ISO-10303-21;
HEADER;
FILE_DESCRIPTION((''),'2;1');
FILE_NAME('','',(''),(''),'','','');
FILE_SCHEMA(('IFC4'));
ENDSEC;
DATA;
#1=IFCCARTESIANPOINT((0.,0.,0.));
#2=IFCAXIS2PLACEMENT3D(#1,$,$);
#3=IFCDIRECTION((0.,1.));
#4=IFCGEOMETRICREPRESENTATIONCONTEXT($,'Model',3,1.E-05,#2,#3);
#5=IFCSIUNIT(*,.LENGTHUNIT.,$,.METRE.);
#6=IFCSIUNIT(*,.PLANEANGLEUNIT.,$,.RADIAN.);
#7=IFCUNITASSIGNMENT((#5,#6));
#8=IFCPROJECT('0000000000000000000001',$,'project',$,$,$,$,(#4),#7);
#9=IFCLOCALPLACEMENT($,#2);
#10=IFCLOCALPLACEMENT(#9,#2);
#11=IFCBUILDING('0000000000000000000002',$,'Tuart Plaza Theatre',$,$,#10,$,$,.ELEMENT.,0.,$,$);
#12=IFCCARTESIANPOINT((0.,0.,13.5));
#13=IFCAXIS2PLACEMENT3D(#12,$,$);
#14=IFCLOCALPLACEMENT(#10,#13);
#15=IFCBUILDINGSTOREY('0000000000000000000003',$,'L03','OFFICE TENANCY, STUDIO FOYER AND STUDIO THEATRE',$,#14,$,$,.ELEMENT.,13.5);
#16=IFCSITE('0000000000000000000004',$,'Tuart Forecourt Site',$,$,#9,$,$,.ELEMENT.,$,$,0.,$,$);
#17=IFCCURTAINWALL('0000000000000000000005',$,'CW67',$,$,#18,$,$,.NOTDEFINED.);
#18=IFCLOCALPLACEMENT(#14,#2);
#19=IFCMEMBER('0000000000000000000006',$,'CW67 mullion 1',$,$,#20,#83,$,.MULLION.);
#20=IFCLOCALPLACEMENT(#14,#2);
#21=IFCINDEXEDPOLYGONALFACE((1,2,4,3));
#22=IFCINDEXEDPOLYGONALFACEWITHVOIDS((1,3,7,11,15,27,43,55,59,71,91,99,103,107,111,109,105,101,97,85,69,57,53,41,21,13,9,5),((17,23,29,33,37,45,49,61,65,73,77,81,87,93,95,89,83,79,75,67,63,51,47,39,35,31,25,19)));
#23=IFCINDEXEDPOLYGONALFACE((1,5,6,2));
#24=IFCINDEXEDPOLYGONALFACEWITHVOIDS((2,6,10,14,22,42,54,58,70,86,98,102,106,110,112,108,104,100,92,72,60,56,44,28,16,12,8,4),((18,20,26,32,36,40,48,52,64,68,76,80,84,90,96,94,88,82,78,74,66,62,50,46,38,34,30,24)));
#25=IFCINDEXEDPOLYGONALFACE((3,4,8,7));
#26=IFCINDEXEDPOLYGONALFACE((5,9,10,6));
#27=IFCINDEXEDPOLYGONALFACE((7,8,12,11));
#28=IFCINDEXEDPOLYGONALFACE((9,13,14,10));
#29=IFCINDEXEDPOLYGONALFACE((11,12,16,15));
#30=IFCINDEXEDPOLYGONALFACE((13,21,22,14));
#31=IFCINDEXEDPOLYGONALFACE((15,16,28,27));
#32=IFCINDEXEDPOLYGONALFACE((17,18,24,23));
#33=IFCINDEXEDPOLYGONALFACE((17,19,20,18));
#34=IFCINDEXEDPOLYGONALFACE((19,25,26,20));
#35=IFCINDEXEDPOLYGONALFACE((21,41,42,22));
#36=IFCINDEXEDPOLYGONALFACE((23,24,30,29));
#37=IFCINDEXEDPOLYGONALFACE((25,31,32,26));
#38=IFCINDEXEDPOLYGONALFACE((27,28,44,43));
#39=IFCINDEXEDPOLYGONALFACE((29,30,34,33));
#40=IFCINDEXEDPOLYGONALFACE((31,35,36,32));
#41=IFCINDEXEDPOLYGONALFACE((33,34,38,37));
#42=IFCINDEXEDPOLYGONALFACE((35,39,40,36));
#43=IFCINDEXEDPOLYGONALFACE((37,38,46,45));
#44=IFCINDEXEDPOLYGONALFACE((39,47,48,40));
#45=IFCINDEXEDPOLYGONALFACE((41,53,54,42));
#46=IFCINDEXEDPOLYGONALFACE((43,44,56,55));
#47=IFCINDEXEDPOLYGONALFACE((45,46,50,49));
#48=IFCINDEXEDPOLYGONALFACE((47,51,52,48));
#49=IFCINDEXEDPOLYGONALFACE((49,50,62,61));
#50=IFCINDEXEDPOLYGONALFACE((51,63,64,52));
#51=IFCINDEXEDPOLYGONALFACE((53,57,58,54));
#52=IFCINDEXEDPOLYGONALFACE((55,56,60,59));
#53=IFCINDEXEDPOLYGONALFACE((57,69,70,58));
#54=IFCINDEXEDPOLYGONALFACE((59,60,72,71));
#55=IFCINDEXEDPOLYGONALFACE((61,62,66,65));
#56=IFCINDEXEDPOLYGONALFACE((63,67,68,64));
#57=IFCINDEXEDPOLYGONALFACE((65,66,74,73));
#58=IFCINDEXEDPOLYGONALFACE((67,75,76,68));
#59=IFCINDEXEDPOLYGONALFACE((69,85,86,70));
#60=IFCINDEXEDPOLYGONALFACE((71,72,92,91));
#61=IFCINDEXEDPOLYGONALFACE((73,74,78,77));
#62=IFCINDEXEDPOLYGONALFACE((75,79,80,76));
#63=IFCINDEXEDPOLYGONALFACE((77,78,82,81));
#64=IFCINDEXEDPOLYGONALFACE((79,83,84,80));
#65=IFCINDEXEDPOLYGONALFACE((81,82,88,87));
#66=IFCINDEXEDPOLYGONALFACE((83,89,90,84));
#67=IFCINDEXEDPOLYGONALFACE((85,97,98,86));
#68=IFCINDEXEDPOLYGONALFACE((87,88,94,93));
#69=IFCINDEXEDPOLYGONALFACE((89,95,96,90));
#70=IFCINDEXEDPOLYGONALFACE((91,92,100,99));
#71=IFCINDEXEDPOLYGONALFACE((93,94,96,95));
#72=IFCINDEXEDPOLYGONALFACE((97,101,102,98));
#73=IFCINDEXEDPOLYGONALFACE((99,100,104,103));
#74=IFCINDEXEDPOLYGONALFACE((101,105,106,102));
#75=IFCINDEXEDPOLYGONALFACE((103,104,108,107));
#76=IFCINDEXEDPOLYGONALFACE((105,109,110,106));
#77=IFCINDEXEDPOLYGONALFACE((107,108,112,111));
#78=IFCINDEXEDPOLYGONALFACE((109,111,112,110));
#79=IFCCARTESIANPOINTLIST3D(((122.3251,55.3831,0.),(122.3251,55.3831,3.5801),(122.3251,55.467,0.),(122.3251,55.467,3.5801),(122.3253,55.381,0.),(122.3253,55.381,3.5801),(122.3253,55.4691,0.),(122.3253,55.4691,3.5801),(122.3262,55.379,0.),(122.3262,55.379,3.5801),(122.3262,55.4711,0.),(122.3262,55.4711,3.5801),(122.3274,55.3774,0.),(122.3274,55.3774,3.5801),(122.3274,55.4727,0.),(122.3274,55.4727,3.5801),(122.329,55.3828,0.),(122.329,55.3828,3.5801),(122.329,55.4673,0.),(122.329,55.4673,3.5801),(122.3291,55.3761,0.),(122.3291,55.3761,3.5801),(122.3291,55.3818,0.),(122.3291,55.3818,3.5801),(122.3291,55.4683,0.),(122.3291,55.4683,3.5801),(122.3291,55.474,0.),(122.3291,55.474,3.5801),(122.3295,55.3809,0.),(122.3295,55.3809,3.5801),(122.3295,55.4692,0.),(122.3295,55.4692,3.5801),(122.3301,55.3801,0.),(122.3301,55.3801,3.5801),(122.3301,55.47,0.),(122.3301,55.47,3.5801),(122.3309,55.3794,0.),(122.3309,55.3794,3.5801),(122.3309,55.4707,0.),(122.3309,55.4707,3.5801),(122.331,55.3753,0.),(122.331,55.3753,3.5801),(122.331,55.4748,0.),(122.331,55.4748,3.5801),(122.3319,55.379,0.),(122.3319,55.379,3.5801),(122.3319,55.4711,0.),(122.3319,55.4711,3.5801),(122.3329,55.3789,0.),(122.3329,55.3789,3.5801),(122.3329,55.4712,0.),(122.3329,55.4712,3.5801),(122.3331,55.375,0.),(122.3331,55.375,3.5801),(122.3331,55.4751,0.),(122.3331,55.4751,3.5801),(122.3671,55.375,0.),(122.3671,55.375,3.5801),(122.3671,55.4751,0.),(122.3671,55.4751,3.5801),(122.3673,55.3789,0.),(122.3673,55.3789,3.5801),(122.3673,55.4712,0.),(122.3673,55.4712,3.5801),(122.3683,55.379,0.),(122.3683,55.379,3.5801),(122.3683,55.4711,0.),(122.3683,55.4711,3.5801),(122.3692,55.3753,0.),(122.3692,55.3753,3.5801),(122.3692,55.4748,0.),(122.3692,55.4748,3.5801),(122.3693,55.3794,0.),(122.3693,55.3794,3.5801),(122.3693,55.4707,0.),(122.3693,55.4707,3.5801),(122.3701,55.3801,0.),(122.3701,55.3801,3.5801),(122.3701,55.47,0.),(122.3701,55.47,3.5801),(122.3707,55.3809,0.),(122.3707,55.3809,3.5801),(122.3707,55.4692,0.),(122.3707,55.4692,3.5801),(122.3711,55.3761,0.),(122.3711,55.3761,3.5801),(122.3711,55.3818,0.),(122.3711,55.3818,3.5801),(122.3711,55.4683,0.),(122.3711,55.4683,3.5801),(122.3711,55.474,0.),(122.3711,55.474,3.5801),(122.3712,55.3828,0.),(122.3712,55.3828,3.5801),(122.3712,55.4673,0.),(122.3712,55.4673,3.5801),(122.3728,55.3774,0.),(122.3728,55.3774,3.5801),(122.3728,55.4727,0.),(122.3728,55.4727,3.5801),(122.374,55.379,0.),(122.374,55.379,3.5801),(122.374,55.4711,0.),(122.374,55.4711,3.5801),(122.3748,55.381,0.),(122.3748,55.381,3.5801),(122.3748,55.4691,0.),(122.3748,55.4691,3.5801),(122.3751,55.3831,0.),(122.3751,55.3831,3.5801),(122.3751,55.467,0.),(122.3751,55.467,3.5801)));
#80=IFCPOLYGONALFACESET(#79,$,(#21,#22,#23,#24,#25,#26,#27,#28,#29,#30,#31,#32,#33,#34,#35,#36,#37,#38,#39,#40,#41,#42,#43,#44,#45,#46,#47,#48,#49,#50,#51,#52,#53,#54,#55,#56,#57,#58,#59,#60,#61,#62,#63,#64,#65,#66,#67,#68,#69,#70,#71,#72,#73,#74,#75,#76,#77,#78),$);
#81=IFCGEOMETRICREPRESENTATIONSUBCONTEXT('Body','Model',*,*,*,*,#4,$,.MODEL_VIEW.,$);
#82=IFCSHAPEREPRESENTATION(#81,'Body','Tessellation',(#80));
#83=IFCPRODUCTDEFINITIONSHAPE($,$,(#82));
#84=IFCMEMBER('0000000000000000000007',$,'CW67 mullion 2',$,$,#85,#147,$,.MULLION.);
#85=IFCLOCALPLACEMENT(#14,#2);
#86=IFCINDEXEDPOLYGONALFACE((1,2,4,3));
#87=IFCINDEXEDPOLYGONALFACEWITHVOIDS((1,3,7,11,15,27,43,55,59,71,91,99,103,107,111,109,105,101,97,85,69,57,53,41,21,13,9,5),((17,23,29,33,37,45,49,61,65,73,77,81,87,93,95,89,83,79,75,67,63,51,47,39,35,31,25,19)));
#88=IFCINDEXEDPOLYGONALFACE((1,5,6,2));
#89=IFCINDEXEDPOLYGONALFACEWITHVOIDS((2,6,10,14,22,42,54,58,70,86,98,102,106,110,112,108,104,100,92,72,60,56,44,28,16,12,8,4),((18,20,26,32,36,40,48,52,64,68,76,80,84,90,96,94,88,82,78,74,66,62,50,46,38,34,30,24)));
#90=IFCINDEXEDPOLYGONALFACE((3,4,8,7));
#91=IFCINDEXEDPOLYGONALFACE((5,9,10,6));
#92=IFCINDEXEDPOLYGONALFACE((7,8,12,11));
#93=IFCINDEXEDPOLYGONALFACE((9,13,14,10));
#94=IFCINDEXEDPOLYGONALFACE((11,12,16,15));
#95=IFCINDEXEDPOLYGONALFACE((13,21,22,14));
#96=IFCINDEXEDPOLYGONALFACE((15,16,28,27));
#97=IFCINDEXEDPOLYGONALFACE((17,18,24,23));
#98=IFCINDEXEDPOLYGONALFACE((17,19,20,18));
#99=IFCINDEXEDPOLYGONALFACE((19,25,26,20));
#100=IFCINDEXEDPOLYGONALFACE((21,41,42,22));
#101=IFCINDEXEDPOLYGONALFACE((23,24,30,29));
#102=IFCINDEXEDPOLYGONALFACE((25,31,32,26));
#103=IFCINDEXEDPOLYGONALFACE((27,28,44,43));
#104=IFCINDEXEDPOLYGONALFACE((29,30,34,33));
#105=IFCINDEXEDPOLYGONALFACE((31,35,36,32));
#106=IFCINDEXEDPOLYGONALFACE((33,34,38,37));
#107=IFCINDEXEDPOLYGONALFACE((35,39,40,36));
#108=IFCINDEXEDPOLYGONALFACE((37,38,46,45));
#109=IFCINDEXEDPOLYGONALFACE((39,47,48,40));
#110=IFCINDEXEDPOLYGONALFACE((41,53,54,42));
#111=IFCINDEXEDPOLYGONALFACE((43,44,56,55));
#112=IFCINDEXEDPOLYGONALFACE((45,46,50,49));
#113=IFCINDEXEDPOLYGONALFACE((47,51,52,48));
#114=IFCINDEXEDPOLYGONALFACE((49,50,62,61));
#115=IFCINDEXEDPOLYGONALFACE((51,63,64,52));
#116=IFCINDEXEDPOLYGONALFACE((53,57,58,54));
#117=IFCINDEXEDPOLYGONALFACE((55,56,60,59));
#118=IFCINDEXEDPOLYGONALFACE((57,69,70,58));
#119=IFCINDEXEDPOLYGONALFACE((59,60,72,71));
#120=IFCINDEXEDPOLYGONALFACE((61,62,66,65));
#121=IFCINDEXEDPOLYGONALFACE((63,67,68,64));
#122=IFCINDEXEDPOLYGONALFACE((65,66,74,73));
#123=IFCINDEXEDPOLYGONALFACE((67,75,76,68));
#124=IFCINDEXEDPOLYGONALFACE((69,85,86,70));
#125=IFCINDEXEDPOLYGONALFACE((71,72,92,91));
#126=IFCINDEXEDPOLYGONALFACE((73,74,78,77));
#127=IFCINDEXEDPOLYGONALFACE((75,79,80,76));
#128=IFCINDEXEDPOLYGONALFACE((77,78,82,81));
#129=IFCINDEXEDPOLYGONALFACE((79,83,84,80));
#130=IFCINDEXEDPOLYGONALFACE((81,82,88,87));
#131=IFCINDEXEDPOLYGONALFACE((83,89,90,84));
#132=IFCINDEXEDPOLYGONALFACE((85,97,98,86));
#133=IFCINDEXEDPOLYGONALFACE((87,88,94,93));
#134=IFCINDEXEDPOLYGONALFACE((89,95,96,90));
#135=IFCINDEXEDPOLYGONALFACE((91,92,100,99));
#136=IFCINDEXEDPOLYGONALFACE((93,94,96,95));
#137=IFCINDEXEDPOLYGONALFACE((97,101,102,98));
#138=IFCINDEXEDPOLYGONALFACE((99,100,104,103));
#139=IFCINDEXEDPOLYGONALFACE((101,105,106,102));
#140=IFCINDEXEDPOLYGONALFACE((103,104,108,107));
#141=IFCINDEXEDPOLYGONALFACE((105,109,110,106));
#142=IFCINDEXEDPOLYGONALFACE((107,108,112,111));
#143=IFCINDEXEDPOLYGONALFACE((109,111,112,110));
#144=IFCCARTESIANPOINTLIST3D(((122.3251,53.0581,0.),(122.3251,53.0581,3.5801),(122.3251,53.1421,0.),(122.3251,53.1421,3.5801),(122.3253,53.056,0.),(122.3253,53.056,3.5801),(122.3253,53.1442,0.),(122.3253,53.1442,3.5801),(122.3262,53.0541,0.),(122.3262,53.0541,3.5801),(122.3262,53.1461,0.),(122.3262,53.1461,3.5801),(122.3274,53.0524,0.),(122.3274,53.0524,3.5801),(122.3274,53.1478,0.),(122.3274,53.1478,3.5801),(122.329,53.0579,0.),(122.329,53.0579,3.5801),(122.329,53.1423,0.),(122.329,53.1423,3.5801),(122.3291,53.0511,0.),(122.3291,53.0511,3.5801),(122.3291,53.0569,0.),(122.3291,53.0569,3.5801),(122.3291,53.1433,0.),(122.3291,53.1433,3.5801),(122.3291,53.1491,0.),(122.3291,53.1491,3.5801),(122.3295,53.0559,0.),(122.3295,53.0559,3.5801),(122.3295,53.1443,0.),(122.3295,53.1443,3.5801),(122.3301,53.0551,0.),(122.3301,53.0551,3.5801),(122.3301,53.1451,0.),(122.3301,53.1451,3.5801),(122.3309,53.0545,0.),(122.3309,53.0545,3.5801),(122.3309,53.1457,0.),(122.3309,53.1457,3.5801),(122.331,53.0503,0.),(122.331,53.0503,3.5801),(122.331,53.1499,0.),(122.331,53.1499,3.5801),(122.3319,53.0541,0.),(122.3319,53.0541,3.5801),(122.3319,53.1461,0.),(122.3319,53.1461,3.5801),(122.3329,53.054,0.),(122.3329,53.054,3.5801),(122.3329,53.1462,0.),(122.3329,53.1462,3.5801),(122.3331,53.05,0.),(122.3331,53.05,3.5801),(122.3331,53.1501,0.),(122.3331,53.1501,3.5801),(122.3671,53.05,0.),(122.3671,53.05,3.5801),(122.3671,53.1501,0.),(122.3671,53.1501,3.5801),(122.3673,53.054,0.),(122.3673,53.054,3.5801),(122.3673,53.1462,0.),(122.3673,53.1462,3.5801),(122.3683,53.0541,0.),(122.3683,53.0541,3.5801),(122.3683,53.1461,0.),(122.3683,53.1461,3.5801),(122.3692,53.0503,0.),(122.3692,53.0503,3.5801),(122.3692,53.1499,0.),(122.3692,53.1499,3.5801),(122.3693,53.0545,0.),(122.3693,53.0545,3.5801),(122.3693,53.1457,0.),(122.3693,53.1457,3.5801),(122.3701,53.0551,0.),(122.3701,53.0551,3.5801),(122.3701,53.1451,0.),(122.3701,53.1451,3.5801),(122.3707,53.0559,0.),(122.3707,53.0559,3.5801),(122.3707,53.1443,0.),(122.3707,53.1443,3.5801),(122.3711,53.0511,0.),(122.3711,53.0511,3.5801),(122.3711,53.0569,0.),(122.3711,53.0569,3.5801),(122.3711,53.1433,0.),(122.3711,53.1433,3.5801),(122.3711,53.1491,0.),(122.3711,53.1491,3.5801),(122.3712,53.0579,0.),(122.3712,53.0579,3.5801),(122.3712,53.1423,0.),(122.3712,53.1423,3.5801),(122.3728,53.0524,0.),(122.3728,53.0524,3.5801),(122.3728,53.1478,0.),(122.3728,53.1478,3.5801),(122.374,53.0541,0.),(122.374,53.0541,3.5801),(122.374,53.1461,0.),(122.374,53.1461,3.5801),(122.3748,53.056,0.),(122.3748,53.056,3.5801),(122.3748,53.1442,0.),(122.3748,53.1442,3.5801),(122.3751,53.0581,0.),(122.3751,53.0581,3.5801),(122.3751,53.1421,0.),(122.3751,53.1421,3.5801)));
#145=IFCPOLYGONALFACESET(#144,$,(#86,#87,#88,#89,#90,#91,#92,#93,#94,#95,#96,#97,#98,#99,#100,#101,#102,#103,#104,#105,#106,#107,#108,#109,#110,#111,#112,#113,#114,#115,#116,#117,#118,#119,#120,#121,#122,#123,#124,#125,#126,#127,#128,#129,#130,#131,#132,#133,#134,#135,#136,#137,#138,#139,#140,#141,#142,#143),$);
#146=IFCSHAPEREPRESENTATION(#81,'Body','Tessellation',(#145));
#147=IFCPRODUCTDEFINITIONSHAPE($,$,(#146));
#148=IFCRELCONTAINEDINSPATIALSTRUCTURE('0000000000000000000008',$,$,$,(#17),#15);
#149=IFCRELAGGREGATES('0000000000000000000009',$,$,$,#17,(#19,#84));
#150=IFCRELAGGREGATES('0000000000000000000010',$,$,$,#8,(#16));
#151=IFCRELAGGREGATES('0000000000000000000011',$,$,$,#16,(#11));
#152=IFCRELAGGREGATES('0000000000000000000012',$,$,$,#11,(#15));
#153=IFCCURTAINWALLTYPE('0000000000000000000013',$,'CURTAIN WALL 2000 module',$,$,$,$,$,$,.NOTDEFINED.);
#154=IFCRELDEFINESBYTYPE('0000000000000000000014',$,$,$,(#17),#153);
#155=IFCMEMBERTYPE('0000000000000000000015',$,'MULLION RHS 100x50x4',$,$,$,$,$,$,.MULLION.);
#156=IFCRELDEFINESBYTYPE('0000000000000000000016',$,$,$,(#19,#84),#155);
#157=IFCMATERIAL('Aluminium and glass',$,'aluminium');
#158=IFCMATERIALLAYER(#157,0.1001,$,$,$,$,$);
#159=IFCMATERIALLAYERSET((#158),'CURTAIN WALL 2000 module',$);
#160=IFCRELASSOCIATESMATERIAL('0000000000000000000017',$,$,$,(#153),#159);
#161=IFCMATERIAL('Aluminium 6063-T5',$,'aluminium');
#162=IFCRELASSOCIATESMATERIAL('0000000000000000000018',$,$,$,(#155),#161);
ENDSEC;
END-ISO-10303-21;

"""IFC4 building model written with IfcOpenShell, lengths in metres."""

from ifc_helpers import new_model, si_unit, direction, frame, origin, origin_2d, place, context, subcontext, project, spatial, hollow_rectangle, extrude, material, layer, layer_set, material_profile, profile_set, type_object, element, aggregate, save


model = new_model("IFC4")

# Units and contexts
model_context = context("Model", 3, precision=1e-05, world=origin(), true_north=direction((0.0, 1.0)))
body_context = subcontext(model_context, "Body", "Model", "MODEL_VIEW")
ifc_project = project(units=[si_unit("LENGTHUNIT", "METRE"), si_unit("PLANEANGLEUNIT", "RADIAN")], contexts=[model_context])

# Site, building, storey
site_placement = place(None, origin())
site = spatial("IfcSite", under=ifc_project, at=site_placement, Name="Tuart Forecourt Site", CompositionType="ELEMENT", RefElevation=0.0)
building_placement = place(site_placement, origin())
building = spatial("IfcBuilding", under=site, at=building_placement, Name="Tuart Plaza Theatre", CompositionType="ELEMENT", ElevationOfRefHeight=0.0)
storey_placement = place(building_placement, frame((0.0, 0.0, 13.5)))
storey = spatial("IfcBuildingStorey", under=building, at=storey_placement, Name="L03", Description="OFFICE TENANCY, STUDIO FOYER AND STUDIO THEATRE", CompositionType="ELEMENT", Elevation=13.5)

# Curtain wall, members
ifc_material_1 = material(Name="Aluminium and glass", Category="aluminium")
ifc_layer_1 = layer(ifc_material_1, 0.1001)
ifc_layer_set_1 = layer_set([ifc_layer_1], Name="CURTAIN WALL 2000 module")
curtain_wall_type = type_object("IfcCurtainWallType", Name="CURTAIN WALL 2000 module", PredefinedType="NOTDEFINED", material=ifc_layer_set_1)
curtain_wall_1_placement = place(storey_placement, origin())
curtain_wall_1 = element("IfcCurtainWall", 1, at=curtain_wall_1_placement, inside=storey, type_object=curtain_wall_type, Name="CW67", PredefinedType="NOTDEFINED")
ifc_material_2 = material(Name="Aluminium 6063-T5", Category="aluminium")
ifc_material_profile_1 = material_profile(ifc_material_2, hollow_rectangle(XDim=0.05, YDim=0.1001, WallThickness=0.0039, InnerFilletRadius=0.0039, OuterFilletRadius=0.0081, at=origin_2d()), Name="RHS 100x50x4")
ifc_profile_set_1 = profile_set([ifc_material_profile_1], Name="Aluminium 6063-T5")
member_type_1 = type_object("IfcMemberType", Name="MULLION RHS 100x50x4", PredefinedType="MULLION", material=ifc_profile_set_1)
member_1_placement = place(storey_placement, frame((122.3501, 55.425, 0.0), z_axis=(0.0, 0.0, 1.0), x_axis=(1.0, 0.0, 0.0)))
member_1 = element("IfcMember", 2, at=member_1_placement, type_object=member_type_1, Name="CW67 mullion 1", PredefinedType="MULLION", context=body_context, shape_type="SweptSolid", body=[
    extrude(hollow_rectangle(XDim=0.05, YDim=0.1001, WallThickness=0.0039, InnerFilletRadius=0.0039, OuterFilletRadius=0.0081, at=origin_2d()), origin(), (0.0, 0.0, 1.0), 3.5801),
])
member_2_placement = place(storey_placement, frame((122.3501, 53.1001, 0.0), z_axis=(0.0, 0.0, 1.0), x_axis=(1.0, 0.0, 0.0)))
member_2 = element("IfcMember", 3, at=member_2_placement, type_object=member_type_1, Name="CW67 mullion 2", PredefinedType="MULLION", context=body_context, shape_type="SweptSolid", body=[
    extrude(hollow_rectangle(XDim=0.05, YDim=0.1001, WallThickness=0.0039, InnerFilletRadius=0.0039, OuterFilletRadius=0.0081, at=origin_2d()), origin(), (0.0, 0.0, 1.0), 3.5801),
])

aggregate(curtain_wall_1, [member_1, member_2])

save(model, "model.ifc")
